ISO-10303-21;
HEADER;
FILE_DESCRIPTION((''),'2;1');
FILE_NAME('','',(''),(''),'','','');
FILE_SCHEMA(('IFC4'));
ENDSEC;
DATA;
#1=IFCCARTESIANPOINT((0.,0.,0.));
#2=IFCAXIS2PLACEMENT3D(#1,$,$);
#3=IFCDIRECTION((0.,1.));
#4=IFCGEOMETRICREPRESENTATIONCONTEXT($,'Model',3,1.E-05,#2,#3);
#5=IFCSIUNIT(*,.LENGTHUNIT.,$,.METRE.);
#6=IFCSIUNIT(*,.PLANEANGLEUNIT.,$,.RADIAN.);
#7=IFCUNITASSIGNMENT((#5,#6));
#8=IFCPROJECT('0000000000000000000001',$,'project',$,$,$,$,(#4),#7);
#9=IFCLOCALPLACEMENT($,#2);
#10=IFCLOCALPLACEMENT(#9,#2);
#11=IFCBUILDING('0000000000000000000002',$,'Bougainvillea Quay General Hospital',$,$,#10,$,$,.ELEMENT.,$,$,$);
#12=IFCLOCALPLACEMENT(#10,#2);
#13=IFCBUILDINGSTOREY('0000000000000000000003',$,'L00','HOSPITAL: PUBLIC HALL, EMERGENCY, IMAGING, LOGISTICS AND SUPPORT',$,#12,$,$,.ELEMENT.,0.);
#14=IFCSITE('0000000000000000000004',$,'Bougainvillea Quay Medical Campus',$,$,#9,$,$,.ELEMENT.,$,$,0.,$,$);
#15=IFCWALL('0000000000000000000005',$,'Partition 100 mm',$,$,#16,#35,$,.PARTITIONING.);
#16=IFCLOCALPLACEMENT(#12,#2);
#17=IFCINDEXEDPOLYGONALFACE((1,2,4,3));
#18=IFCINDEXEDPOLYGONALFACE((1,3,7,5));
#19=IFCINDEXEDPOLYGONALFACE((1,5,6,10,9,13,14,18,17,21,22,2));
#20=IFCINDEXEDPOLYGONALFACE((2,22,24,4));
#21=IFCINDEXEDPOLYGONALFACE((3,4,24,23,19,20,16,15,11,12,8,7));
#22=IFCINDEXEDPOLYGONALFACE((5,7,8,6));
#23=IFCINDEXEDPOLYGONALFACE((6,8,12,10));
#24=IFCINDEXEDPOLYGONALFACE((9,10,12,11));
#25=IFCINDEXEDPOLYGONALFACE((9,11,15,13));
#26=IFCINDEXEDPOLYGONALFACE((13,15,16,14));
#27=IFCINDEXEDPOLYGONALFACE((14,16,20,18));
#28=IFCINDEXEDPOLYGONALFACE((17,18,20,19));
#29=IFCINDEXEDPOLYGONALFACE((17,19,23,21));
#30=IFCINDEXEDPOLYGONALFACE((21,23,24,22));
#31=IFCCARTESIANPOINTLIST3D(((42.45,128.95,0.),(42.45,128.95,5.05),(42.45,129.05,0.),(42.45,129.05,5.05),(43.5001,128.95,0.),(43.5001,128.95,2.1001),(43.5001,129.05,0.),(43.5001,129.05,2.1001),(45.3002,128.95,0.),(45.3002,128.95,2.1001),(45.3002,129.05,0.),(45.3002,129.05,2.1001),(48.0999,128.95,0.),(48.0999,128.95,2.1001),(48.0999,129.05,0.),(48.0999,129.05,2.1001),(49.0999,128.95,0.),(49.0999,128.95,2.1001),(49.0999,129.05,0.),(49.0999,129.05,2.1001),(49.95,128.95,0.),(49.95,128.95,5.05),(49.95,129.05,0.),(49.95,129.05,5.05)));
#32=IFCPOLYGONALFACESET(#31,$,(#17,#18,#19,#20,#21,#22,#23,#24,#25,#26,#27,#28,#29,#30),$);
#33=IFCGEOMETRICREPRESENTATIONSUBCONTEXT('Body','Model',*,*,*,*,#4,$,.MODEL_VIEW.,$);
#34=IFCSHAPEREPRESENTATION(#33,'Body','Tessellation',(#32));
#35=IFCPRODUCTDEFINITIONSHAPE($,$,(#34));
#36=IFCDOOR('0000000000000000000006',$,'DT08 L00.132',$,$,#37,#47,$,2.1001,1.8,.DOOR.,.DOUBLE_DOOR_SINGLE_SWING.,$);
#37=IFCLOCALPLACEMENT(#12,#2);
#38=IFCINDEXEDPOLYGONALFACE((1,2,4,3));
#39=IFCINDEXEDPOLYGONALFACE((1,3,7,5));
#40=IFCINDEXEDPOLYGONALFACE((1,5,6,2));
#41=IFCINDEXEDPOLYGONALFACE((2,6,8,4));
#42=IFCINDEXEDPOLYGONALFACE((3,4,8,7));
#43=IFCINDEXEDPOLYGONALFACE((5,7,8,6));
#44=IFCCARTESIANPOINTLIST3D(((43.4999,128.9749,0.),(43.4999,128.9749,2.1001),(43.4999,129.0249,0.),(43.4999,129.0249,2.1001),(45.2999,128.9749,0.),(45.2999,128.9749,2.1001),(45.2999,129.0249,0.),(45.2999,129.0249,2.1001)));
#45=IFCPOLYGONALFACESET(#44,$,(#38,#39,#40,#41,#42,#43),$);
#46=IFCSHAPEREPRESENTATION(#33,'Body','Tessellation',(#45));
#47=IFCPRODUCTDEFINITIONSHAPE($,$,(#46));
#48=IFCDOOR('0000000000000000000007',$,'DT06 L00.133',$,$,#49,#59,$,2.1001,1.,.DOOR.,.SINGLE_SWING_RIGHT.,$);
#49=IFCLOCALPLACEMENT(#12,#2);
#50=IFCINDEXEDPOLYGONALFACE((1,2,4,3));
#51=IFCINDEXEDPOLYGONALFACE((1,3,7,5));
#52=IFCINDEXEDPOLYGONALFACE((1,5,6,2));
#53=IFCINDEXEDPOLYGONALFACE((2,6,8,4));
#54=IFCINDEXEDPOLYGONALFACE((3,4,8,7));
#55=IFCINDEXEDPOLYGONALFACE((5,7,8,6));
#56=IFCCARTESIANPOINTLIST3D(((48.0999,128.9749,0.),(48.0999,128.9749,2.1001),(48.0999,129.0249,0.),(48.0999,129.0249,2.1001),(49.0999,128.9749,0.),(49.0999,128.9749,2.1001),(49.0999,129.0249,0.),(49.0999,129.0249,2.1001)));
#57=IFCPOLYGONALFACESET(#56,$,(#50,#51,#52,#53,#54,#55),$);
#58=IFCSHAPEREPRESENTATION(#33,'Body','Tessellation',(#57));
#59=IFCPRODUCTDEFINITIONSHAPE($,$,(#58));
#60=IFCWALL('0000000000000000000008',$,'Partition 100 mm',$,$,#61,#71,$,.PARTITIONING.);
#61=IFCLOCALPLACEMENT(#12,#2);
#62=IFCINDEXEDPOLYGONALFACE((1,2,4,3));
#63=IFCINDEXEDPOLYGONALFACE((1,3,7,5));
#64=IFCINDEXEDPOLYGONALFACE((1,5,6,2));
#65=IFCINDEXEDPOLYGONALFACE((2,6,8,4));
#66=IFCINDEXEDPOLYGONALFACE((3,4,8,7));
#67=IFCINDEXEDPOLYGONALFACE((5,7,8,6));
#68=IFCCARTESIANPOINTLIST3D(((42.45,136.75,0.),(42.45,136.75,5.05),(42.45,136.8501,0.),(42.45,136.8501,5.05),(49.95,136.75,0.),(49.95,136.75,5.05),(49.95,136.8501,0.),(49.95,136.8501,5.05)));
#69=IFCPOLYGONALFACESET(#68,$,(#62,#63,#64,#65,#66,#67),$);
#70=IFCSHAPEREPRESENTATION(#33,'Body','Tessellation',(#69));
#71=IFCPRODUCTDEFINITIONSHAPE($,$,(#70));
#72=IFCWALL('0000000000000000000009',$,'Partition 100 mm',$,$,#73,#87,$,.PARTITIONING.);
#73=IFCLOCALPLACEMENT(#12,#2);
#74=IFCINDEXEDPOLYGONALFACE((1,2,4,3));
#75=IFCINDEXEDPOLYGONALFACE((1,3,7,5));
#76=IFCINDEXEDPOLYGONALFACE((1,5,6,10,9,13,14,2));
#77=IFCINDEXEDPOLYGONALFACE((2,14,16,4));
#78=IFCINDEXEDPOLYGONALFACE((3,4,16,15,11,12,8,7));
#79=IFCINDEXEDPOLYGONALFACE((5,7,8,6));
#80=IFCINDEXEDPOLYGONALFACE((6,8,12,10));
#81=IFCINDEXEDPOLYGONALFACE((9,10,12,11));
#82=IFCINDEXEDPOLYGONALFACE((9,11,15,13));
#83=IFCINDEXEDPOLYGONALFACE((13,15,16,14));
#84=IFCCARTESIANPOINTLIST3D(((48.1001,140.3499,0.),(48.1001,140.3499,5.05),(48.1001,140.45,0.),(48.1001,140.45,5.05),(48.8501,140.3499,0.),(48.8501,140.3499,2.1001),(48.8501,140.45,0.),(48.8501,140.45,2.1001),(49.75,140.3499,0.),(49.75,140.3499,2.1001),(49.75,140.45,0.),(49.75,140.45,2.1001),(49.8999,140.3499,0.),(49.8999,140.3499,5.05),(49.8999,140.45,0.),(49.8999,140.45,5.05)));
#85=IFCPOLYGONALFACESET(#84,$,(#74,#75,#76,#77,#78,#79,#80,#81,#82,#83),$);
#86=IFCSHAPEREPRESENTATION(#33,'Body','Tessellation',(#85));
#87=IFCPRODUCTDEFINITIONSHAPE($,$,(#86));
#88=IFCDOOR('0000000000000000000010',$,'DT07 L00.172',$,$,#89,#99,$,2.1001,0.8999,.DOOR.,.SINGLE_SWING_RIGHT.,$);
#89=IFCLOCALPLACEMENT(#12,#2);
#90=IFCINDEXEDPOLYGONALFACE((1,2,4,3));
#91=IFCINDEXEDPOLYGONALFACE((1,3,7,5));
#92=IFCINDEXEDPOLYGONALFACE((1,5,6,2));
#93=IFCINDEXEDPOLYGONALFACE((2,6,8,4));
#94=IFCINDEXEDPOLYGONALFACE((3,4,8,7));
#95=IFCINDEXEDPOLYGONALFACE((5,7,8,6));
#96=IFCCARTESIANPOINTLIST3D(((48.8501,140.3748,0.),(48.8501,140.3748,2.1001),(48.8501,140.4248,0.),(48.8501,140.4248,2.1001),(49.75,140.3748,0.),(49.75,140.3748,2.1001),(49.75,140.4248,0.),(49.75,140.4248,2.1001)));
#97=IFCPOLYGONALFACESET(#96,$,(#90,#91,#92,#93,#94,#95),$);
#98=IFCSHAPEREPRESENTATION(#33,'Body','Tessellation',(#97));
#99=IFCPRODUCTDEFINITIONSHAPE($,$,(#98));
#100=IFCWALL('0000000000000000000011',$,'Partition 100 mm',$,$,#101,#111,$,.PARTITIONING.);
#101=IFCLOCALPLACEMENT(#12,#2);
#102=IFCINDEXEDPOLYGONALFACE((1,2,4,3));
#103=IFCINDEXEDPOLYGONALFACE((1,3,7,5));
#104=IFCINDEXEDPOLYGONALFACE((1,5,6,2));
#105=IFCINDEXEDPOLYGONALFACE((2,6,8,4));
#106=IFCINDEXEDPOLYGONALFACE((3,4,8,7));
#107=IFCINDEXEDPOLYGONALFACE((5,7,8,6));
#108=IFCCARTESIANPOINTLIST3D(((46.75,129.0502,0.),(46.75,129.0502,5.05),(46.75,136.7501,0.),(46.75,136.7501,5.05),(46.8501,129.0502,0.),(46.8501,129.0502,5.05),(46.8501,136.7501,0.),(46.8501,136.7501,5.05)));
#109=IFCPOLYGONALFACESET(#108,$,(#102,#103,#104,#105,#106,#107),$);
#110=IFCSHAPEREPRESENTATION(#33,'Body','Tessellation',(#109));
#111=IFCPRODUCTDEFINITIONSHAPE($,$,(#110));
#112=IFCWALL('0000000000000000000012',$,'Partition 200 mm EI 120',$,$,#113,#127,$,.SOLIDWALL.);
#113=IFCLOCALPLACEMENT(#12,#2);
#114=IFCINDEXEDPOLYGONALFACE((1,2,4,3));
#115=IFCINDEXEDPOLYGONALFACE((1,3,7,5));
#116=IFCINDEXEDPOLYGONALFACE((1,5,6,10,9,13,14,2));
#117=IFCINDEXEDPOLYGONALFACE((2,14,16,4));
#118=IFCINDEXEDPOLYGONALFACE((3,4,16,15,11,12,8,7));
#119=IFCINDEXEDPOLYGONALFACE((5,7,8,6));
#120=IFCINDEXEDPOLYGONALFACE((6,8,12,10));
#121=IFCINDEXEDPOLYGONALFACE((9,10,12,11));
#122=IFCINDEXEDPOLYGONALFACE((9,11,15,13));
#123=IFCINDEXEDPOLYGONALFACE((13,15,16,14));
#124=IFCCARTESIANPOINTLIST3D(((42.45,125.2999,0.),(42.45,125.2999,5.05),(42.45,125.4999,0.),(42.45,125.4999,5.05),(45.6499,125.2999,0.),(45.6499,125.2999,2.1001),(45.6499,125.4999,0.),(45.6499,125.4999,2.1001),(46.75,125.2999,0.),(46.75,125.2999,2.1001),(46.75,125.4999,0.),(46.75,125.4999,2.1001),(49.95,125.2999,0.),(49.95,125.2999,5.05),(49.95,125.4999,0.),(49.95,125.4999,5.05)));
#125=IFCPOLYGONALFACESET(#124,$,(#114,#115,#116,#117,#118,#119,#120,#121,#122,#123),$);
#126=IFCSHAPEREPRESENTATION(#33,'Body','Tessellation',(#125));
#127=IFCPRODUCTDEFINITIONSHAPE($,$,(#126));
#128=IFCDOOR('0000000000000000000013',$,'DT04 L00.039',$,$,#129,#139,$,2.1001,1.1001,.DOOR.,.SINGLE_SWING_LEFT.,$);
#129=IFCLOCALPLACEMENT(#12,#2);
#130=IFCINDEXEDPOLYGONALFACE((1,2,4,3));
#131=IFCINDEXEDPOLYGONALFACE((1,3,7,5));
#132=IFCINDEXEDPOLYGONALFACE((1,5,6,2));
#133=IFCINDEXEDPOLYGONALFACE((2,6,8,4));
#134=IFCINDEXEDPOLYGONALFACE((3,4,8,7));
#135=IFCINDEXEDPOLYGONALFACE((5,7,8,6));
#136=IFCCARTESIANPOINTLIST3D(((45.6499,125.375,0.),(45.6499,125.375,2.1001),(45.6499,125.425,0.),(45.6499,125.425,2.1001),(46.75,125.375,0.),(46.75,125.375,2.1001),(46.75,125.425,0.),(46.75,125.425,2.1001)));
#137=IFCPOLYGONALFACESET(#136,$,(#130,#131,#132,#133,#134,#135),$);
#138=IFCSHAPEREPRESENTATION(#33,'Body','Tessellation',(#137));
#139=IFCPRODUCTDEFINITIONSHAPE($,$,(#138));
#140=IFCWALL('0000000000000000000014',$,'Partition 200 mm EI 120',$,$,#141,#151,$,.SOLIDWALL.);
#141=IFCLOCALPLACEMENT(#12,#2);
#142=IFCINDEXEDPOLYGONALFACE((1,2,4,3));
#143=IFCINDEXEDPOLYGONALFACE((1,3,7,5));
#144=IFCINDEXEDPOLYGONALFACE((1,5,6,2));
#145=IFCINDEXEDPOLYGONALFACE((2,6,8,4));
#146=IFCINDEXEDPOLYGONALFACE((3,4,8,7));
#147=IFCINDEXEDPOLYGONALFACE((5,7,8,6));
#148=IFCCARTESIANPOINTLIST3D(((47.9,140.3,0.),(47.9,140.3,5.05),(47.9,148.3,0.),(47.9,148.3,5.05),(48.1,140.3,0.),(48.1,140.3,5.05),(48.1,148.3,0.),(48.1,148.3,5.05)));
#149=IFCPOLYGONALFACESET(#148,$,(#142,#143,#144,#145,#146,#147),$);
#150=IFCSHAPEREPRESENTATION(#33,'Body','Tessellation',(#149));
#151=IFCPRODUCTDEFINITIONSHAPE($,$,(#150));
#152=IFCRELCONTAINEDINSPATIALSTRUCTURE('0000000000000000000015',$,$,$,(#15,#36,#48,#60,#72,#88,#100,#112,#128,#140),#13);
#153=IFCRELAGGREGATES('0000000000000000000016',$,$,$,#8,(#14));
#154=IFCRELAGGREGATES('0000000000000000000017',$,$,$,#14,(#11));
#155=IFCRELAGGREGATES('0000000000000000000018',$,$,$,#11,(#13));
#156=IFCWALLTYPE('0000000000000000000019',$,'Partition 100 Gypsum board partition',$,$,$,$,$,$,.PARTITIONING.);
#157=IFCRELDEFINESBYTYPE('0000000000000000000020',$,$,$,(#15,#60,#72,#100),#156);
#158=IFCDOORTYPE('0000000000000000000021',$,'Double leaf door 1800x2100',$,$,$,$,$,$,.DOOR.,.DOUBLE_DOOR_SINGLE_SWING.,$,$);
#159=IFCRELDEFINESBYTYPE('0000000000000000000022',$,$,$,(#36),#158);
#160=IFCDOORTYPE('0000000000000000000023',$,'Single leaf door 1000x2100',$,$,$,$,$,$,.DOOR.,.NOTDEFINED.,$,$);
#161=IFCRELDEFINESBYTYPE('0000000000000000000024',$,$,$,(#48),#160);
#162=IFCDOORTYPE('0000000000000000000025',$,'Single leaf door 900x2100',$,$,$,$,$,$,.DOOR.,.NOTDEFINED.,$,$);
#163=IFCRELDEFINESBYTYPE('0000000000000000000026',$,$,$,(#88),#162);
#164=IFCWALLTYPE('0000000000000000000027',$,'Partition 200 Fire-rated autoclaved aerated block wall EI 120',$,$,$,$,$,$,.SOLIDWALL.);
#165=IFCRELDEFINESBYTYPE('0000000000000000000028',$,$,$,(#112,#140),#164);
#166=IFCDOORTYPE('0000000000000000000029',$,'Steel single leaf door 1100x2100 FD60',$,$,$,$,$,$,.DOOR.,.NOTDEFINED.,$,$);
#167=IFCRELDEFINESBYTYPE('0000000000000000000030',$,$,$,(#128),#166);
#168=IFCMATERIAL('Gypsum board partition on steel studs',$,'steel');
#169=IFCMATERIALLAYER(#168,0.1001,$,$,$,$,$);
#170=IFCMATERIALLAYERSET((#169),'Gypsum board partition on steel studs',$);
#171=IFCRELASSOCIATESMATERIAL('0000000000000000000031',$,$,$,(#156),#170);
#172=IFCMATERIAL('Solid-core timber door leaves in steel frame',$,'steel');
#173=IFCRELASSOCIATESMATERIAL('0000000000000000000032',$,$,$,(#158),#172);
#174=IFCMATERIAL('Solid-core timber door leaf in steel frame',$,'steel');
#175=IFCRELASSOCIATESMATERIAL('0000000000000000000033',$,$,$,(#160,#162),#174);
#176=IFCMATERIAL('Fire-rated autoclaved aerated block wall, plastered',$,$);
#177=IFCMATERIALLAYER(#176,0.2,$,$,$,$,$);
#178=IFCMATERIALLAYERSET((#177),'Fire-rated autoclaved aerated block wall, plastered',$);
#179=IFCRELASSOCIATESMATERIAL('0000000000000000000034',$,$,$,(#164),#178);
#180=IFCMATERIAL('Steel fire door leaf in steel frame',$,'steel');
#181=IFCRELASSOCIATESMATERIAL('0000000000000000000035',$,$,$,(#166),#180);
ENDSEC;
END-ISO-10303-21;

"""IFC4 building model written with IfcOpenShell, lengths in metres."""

from ifc_helpers import new_model, si_unit, direction, frame, frame_2d, origin, place, context, subcontext, project, spatial, rectangle, extrude, material, layer, layer_set, type_object, element, fill, save


model = new_model("IFC4")

# Units and contexts
model_context = context("Model", 3, precision=1e-05, world=origin(), true_north=direction((0.0, 1.0)))
body_context = subcontext(model_context, "Body", "Model", "MODEL_VIEW")
ifc_project = project(units=[si_unit("LENGTHUNIT", "METRE"), si_unit("PLANEANGLEUNIT", "RADIAN")], contexts=[model_context])

# Site, building, storey
site_placement = place(None, origin())
site = spatial("IfcSite", under=ifc_project, at=site_placement, Name="Bougainvillea Quay Medical Campus", CompositionType="ELEMENT", RefElevation=0.0)
building_placement = place(site_placement, origin())
building = spatial("IfcBuilding", under=site, at=building_placement, Name="Bougainvillea Quay General Hospital", CompositionType="ELEMENT")
storey_placement = place(building_placement, origin())
storey = spatial("IfcBuildingStorey", under=building, at=storey_placement, Name="L00", Description="HOSPITAL: PUBLIC HALL, EMERGENCY, IMAGING, LOGISTICS AND SUPPORT", CompositionType="ELEMENT", Elevation=0.0)

# Wall, openings, doors
ifc_material_1 = material(Name="Gypsum board partition on steel studs", Category="steel")
ifc_layer_1 = layer(ifc_material_1, 0.1001)
ifc_layer_set_1 = layer_set([ifc_layer_1], Name="Gypsum board partition on steel studs")
wall_type_1 = type_object("IfcWallType", Name="Partition 100 Gypsum board partition", PredefinedType="PARTITIONING", material=ifc_layer_set_1)
wall_1_placement = place(storey_placement, frame((49.95, 129.0, 0.0), z_axis=(0.0, 0.0, 1.0), x_axis=(-1.0, 0.0, 0.0)))
wall_1 = element("IfcWall", 1, at=wall_1_placement, inside=storey, type_object=wall_type_1, Name="Partition 100 mm", PredefinedType="PARTITIONING", context=body_context, shape_type="SweptSolid", body=[
    extrude(rectangle(XDim=7.5, YDim=0.1001, at=frame_2d((3.75, 0.0))), origin(), (0.0, 0.0, 1.0), 5.05),
])
opening_1_placement = place(wall_1_placement, frame((4.6499, 0.0, 0.0)))
opening_1 = element("IfcOpeningElement", 2, at=opening_1_placement, cuts=wall_1, PredefinedType="OPENING", context=body_context, shape_type="SweptSolid", body=[
    extrude(rectangle(XDim=1.8, YDim=2.1001, at=frame_2d((0.8999, 1.05))), frame((0.0, 0.0601, 0.0), z_axis=(0.0, -1.0, 0.0), x_axis=(1.0, 0.0, 0.0)), (0.0, 0.0, 1.0), 0.1201),
])
opening_2_placement = place(wall_1_placement, frame((0.8501, 0.0, 0.0)))
opening_2 = element("IfcOpeningElement", 3, at=opening_2_placement, cuts=wall_1, PredefinedType="OPENING", context=body_context, shape_type="SweptSolid", body=[
    extrude(rectangle(XDim=1.0, YDim=2.1001, at=frame_2d((0.5, 1.05))), frame((0.0, 0.0601, 0.0), z_axis=(0.0, -1.0, 0.0), x_axis=(1.0, 0.0, 0.0)), (0.0, 0.0, 1.0), 0.1201),
])
ifc_material_2 = material(Name="Solid-core timber door leaves in steel frame", Category="steel")
door_type_1 = type_object("IfcDoorType", Name="Double leaf door 1800x2100", OperationType="DOUBLE_DOOR_SINGLE_SWING", PredefinedType="DOOR", material=ifc_material_2)
door_1_placement = place(opening_1_placement, frame((1.8, 0.0, 0.0), z_axis=(0.0, 0.0, 1.0), x_axis=(-1.0, 0.0, 0.0)))
door_1 = element("IfcDoor", 4, at=door_1_placement, inside=storey, type_object=door_type_1, Name="DT08 L00.132", OperationType="DOUBLE_DOOR_SINGLE_SWING", OverallHeight=2.1001, OverallWidth=1.8, PredefinedType="DOOR", context=body_context, shape_type="SweptSolid", body=[
    extrude(rectangle(XDim=1.8, YDim=2.1001, at=frame_2d((0.8999, 1.05))), frame((0.0, 0.0249, 0.0), z_axis=(0.0, -1.0, 0.0), x_axis=(1.0, 0.0, 0.0)), (0.0, 0.0, 1.0), 0.05),
])
fill(opening_1, door_1)
ifc_material_3 = material(Name="Solid-core timber door leaf in steel frame", Category="steel")
door_type_2 = type_object("IfcDoorType", Name="Single leaf door 1000x2100", OperationType="NOTDEFINED", PredefinedType="DOOR", material=ifc_material_3)
door_2_placement = place(opening_2_placement, frame((1.0, 0.0, 0.0), z_axis=(0.0, 0.0, 1.0), x_axis=(-1.0, 0.0, 0.0)))
door_2 = element("IfcDoor", 5, at=door_2_placement, inside=storey, type_object=door_type_2, Name="DT06 L00.133", OperationType="SINGLE_SWING_RIGHT", OverallHeight=2.1001, OverallWidth=1.0, PredefinedType="DOOR", context=body_context, shape_type="SweptSolid", body=[
    extrude(rectangle(XDim=1.0, YDim=2.1001, at=frame_2d((0.5, 1.05))), frame((0.0, 0.0249, 0.0), z_axis=(0.0, -1.0, 0.0), x_axis=(1.0, 0.0, 0.0)), (0.0, 0.0, 1.0), 0.05),
])
fill(opening_2, door_2)

# Wall
wall_2_placement = place(storey_placement, frame((49.95, 136.8, 0.0), z_axis=(0.0, 0.0, 1.0), x_axis=(-1.0, 0.0, 0.0)))
element("IfcWall", 6, at=wall_2_placement, inside=storey, type_object=wall_type_1, Name="Partition 100 mm", PredefinedType="PARTITIONING", context=body_context, shape_type="SweptSolid", body=[
    extrude(rectangle(XDim=7.5, YDim=0.1001, at=frame_2d((3.75, 0.0))), origin(), (0.0, 0.0, 1.0), 5.05),
])

# Wall, opening, door
wall_3_placement = place(storey_placement, frame((49.8999, 140.3999, 0.0), z_axis=(0.0, 0.0, 1.0), x_axis=(-1.0, 0.0, 0.0)))
wall_3 = element("IfcWall", 7, at=wall_3_placement, inside=storey, type_object=wall_type_1, Name="Partition 100 mm", PredefinedType="PARTITIONING", context=body_context, shape_type="SweptSolid", body=[
    extrude(rectangle(XDim=1.7998, YDim=0.1001, at=frame_2d((0.8999, 0.0))), origin(), (0.0, 0.0, 1.0), 5.05),
])
opening_3_placement = place(wall_3_placement, frame((0.1499, 0.0, 0.0)))
opening_3 = element("IfcOpeningElement", 8, at=opening_3_placement, cuts=wall_3, PredefinedType="OPENING", context=body_context, shape_type="SweptSolid", body=[
    extrude(rectangle(XDim=0.8999, YDim=2.1001, at=frame_2d((0.45, 1.05))), frame((0.0, 0.0601, 0.0), z_axis=(0.0, -1.0, 0.0), x_axis=(1.0, 0.0, 0.0)), (0.0, 0.0, 1.0), 0.1201),
])
door_type_3 = type_object("IfcDoorType", Name="Single leaf door 900x2100", OperationType="NOTDEFINED", PredefinedType="DOOR", material=ifc_material_3)
door_3_placement = place(opening_3_placement, frame((0.8999, 0.0, 0.0), z_axis=(0.0, 0.0, 1.0), x_axis=(-1.0, 0.0, 0.0)))
door_3 = element("IfcDoor", 9, at=door_3_placement, inside=storey, type_object=door_type_3, Name="DT07 L00.172", OperationType="SINGLE_SWING_RIGHT", OverallHeight=2.1001, OverallWidth=0.8999, PredefinedType="DOOR", context=body_context, shape_type="SweptSolid", body=[
    extrude(rectangle(XDim=0.8999, YDim=2.1001, at=frame_2d((0.45, 1.05))), frame((0.0, 0.0249, 0.0), z_axis=(0.0, -1.0, 0.0), x_axis=(1.0, 0.0, 0.0)), (0.0, 0.0, 1.0), 0.05),
])
fill(opening_3, door_3)

# Wall
wall_4_placement = place(storey_placement, frame((46.8, 129.05, 0.0), z_axis=(0.0, 0.0, 1.0), x_axis=(0.0, 1.0, 0.0)))
element("IfcWall", 10, at=wall_4_placement, inside=storey, type_object=wall_type_1, Name="Partition 100 mm", PredefinedType="PARTITIONING", context=body_context, shape_type="SweptSolid", body=[
    extrude(rectangle(XDim=7.7, YDim=0.1001, at=frame_2d((3.8501, 0.0))), origin(), (0.0, 0.0, 1.0), 5.05),
])

# Wall, opening, door
ifc_material_4 = material(Name="Fire-rated autoclaved aerated block wall, plastered")
ifc_layer_2 = layer(ifc_material_4, 0.2)
ifc_layer_set_2 = layer_set([ifc_layer_2], Name="Fire-rated autoclaved aerated block wall, plastered")
wall_type_2 = type_object("IfcWallType", Name="Partition 200 Fire-rated autoclaved aerated block wall EI 120", PredefinedType="SOLIDWALL", material=ifc_layer_set_2)
wall_5_placement = place(storey_placement, frame((42.45, 125.3999, 0.0), z_axis=(0.0, 0.0, 1.0), x_axis=(1.0, 0.0, 0.0)))
wall_5 = element("IfcWall", 11, at=wall_5_placement, inside=storey, type_object=wall_type_2, Name="Partition 200 mm EI 120", PredefinedType="SOLIDWALL", context=body_context, shape_type="SweptSolid", body=[
    extrude(rectangle(XDim=7.5, YDim=0.2, at=frame_2d((3.75, 0.0))), origin(), (0.0, 0.0, 1.0), 5.05),
])
opening_4_placement = place(wall_5_placement, frame((3.2, 0.0, 0.0)))
opening_4 = element("IfcOpeningElement", 12, at=opening_4_placement, cuts=wall_5, PredefinedType="OPENING", context=body_context, shape_type="SweptSolid", body=[
    extrude(rectangle(XDim=1.1001, YDim=2.1001, at=frame_2d((0.55, 1.05))), frame((0.0, 0.1099, 0.0), z_axis=(0.0, -1.0, 0.0), x_axis=(1.0, 0.0, 0.0)), (0.0, 0.0, 1.0), 0.22),
])
ifc_material_5 = material(Name="Steel fire door leaf in steel frame", Category="steel")
door_type_4 = type_object("IfcDoorType", Name="Steel single leaf door 1100x2100 FD60", OperationType="NOTDEFINED", PredefinedType="DOOR", material=ifc_material_5)
door_4_placement = place(opening_4_placement, frame((1.1001, 0.0, 0.0), z_axis=(0.0, 0.0, 1.0), x_axis=(-1.0, 0.0, 0.0)))
door_4 = element("IfcDoor", 13, at=door_4_placement, inside=storey, type_object=door_type_4, Name="DT04 L00.039", OperationType="SINGLE_SWING_LEFT", OverallHeight=2.1001, OverallWidth=1.1001, PredefinedType="DOOR", context=body_context, shape_type="SweptSolid", body=[
    extrude(rectangle(XDim=1.1001, YDim=2.1001, at=frame_2d((0.55, 1.05))), frame((0.0, 0.0249, 0.0), z_axis=(0.0, -1.0, 0.0), x_axis=(1.0, 0.0, 0.0)), (0.0, 0.0, 1.0), 0.05),
])
fill(opening_4, door_4)

# Wall
wall_6_placement = place(storey_placement, frame((48.0, 140.3, 0.0), z_axis=(0.0, 0.0, 1.0), x_axis=(0.0, 1.0, 0.0)))
element("IfcWall", 14, at=wall_6_placement, inside=storey, type_object=wall_type_2, Name="Partition 200 mm EI 120", PredefinedType="SOLIDWALL", context=body_context, shape_type="SweptSolid", body=[
    extrude(rectangle(XDim=8.0, YDim=0.2, at=frame_2d((4.0, 0.0))), origin(), (0.0, 0.0, 1.0), 5.05),
])

save(model, "model.ifc")
